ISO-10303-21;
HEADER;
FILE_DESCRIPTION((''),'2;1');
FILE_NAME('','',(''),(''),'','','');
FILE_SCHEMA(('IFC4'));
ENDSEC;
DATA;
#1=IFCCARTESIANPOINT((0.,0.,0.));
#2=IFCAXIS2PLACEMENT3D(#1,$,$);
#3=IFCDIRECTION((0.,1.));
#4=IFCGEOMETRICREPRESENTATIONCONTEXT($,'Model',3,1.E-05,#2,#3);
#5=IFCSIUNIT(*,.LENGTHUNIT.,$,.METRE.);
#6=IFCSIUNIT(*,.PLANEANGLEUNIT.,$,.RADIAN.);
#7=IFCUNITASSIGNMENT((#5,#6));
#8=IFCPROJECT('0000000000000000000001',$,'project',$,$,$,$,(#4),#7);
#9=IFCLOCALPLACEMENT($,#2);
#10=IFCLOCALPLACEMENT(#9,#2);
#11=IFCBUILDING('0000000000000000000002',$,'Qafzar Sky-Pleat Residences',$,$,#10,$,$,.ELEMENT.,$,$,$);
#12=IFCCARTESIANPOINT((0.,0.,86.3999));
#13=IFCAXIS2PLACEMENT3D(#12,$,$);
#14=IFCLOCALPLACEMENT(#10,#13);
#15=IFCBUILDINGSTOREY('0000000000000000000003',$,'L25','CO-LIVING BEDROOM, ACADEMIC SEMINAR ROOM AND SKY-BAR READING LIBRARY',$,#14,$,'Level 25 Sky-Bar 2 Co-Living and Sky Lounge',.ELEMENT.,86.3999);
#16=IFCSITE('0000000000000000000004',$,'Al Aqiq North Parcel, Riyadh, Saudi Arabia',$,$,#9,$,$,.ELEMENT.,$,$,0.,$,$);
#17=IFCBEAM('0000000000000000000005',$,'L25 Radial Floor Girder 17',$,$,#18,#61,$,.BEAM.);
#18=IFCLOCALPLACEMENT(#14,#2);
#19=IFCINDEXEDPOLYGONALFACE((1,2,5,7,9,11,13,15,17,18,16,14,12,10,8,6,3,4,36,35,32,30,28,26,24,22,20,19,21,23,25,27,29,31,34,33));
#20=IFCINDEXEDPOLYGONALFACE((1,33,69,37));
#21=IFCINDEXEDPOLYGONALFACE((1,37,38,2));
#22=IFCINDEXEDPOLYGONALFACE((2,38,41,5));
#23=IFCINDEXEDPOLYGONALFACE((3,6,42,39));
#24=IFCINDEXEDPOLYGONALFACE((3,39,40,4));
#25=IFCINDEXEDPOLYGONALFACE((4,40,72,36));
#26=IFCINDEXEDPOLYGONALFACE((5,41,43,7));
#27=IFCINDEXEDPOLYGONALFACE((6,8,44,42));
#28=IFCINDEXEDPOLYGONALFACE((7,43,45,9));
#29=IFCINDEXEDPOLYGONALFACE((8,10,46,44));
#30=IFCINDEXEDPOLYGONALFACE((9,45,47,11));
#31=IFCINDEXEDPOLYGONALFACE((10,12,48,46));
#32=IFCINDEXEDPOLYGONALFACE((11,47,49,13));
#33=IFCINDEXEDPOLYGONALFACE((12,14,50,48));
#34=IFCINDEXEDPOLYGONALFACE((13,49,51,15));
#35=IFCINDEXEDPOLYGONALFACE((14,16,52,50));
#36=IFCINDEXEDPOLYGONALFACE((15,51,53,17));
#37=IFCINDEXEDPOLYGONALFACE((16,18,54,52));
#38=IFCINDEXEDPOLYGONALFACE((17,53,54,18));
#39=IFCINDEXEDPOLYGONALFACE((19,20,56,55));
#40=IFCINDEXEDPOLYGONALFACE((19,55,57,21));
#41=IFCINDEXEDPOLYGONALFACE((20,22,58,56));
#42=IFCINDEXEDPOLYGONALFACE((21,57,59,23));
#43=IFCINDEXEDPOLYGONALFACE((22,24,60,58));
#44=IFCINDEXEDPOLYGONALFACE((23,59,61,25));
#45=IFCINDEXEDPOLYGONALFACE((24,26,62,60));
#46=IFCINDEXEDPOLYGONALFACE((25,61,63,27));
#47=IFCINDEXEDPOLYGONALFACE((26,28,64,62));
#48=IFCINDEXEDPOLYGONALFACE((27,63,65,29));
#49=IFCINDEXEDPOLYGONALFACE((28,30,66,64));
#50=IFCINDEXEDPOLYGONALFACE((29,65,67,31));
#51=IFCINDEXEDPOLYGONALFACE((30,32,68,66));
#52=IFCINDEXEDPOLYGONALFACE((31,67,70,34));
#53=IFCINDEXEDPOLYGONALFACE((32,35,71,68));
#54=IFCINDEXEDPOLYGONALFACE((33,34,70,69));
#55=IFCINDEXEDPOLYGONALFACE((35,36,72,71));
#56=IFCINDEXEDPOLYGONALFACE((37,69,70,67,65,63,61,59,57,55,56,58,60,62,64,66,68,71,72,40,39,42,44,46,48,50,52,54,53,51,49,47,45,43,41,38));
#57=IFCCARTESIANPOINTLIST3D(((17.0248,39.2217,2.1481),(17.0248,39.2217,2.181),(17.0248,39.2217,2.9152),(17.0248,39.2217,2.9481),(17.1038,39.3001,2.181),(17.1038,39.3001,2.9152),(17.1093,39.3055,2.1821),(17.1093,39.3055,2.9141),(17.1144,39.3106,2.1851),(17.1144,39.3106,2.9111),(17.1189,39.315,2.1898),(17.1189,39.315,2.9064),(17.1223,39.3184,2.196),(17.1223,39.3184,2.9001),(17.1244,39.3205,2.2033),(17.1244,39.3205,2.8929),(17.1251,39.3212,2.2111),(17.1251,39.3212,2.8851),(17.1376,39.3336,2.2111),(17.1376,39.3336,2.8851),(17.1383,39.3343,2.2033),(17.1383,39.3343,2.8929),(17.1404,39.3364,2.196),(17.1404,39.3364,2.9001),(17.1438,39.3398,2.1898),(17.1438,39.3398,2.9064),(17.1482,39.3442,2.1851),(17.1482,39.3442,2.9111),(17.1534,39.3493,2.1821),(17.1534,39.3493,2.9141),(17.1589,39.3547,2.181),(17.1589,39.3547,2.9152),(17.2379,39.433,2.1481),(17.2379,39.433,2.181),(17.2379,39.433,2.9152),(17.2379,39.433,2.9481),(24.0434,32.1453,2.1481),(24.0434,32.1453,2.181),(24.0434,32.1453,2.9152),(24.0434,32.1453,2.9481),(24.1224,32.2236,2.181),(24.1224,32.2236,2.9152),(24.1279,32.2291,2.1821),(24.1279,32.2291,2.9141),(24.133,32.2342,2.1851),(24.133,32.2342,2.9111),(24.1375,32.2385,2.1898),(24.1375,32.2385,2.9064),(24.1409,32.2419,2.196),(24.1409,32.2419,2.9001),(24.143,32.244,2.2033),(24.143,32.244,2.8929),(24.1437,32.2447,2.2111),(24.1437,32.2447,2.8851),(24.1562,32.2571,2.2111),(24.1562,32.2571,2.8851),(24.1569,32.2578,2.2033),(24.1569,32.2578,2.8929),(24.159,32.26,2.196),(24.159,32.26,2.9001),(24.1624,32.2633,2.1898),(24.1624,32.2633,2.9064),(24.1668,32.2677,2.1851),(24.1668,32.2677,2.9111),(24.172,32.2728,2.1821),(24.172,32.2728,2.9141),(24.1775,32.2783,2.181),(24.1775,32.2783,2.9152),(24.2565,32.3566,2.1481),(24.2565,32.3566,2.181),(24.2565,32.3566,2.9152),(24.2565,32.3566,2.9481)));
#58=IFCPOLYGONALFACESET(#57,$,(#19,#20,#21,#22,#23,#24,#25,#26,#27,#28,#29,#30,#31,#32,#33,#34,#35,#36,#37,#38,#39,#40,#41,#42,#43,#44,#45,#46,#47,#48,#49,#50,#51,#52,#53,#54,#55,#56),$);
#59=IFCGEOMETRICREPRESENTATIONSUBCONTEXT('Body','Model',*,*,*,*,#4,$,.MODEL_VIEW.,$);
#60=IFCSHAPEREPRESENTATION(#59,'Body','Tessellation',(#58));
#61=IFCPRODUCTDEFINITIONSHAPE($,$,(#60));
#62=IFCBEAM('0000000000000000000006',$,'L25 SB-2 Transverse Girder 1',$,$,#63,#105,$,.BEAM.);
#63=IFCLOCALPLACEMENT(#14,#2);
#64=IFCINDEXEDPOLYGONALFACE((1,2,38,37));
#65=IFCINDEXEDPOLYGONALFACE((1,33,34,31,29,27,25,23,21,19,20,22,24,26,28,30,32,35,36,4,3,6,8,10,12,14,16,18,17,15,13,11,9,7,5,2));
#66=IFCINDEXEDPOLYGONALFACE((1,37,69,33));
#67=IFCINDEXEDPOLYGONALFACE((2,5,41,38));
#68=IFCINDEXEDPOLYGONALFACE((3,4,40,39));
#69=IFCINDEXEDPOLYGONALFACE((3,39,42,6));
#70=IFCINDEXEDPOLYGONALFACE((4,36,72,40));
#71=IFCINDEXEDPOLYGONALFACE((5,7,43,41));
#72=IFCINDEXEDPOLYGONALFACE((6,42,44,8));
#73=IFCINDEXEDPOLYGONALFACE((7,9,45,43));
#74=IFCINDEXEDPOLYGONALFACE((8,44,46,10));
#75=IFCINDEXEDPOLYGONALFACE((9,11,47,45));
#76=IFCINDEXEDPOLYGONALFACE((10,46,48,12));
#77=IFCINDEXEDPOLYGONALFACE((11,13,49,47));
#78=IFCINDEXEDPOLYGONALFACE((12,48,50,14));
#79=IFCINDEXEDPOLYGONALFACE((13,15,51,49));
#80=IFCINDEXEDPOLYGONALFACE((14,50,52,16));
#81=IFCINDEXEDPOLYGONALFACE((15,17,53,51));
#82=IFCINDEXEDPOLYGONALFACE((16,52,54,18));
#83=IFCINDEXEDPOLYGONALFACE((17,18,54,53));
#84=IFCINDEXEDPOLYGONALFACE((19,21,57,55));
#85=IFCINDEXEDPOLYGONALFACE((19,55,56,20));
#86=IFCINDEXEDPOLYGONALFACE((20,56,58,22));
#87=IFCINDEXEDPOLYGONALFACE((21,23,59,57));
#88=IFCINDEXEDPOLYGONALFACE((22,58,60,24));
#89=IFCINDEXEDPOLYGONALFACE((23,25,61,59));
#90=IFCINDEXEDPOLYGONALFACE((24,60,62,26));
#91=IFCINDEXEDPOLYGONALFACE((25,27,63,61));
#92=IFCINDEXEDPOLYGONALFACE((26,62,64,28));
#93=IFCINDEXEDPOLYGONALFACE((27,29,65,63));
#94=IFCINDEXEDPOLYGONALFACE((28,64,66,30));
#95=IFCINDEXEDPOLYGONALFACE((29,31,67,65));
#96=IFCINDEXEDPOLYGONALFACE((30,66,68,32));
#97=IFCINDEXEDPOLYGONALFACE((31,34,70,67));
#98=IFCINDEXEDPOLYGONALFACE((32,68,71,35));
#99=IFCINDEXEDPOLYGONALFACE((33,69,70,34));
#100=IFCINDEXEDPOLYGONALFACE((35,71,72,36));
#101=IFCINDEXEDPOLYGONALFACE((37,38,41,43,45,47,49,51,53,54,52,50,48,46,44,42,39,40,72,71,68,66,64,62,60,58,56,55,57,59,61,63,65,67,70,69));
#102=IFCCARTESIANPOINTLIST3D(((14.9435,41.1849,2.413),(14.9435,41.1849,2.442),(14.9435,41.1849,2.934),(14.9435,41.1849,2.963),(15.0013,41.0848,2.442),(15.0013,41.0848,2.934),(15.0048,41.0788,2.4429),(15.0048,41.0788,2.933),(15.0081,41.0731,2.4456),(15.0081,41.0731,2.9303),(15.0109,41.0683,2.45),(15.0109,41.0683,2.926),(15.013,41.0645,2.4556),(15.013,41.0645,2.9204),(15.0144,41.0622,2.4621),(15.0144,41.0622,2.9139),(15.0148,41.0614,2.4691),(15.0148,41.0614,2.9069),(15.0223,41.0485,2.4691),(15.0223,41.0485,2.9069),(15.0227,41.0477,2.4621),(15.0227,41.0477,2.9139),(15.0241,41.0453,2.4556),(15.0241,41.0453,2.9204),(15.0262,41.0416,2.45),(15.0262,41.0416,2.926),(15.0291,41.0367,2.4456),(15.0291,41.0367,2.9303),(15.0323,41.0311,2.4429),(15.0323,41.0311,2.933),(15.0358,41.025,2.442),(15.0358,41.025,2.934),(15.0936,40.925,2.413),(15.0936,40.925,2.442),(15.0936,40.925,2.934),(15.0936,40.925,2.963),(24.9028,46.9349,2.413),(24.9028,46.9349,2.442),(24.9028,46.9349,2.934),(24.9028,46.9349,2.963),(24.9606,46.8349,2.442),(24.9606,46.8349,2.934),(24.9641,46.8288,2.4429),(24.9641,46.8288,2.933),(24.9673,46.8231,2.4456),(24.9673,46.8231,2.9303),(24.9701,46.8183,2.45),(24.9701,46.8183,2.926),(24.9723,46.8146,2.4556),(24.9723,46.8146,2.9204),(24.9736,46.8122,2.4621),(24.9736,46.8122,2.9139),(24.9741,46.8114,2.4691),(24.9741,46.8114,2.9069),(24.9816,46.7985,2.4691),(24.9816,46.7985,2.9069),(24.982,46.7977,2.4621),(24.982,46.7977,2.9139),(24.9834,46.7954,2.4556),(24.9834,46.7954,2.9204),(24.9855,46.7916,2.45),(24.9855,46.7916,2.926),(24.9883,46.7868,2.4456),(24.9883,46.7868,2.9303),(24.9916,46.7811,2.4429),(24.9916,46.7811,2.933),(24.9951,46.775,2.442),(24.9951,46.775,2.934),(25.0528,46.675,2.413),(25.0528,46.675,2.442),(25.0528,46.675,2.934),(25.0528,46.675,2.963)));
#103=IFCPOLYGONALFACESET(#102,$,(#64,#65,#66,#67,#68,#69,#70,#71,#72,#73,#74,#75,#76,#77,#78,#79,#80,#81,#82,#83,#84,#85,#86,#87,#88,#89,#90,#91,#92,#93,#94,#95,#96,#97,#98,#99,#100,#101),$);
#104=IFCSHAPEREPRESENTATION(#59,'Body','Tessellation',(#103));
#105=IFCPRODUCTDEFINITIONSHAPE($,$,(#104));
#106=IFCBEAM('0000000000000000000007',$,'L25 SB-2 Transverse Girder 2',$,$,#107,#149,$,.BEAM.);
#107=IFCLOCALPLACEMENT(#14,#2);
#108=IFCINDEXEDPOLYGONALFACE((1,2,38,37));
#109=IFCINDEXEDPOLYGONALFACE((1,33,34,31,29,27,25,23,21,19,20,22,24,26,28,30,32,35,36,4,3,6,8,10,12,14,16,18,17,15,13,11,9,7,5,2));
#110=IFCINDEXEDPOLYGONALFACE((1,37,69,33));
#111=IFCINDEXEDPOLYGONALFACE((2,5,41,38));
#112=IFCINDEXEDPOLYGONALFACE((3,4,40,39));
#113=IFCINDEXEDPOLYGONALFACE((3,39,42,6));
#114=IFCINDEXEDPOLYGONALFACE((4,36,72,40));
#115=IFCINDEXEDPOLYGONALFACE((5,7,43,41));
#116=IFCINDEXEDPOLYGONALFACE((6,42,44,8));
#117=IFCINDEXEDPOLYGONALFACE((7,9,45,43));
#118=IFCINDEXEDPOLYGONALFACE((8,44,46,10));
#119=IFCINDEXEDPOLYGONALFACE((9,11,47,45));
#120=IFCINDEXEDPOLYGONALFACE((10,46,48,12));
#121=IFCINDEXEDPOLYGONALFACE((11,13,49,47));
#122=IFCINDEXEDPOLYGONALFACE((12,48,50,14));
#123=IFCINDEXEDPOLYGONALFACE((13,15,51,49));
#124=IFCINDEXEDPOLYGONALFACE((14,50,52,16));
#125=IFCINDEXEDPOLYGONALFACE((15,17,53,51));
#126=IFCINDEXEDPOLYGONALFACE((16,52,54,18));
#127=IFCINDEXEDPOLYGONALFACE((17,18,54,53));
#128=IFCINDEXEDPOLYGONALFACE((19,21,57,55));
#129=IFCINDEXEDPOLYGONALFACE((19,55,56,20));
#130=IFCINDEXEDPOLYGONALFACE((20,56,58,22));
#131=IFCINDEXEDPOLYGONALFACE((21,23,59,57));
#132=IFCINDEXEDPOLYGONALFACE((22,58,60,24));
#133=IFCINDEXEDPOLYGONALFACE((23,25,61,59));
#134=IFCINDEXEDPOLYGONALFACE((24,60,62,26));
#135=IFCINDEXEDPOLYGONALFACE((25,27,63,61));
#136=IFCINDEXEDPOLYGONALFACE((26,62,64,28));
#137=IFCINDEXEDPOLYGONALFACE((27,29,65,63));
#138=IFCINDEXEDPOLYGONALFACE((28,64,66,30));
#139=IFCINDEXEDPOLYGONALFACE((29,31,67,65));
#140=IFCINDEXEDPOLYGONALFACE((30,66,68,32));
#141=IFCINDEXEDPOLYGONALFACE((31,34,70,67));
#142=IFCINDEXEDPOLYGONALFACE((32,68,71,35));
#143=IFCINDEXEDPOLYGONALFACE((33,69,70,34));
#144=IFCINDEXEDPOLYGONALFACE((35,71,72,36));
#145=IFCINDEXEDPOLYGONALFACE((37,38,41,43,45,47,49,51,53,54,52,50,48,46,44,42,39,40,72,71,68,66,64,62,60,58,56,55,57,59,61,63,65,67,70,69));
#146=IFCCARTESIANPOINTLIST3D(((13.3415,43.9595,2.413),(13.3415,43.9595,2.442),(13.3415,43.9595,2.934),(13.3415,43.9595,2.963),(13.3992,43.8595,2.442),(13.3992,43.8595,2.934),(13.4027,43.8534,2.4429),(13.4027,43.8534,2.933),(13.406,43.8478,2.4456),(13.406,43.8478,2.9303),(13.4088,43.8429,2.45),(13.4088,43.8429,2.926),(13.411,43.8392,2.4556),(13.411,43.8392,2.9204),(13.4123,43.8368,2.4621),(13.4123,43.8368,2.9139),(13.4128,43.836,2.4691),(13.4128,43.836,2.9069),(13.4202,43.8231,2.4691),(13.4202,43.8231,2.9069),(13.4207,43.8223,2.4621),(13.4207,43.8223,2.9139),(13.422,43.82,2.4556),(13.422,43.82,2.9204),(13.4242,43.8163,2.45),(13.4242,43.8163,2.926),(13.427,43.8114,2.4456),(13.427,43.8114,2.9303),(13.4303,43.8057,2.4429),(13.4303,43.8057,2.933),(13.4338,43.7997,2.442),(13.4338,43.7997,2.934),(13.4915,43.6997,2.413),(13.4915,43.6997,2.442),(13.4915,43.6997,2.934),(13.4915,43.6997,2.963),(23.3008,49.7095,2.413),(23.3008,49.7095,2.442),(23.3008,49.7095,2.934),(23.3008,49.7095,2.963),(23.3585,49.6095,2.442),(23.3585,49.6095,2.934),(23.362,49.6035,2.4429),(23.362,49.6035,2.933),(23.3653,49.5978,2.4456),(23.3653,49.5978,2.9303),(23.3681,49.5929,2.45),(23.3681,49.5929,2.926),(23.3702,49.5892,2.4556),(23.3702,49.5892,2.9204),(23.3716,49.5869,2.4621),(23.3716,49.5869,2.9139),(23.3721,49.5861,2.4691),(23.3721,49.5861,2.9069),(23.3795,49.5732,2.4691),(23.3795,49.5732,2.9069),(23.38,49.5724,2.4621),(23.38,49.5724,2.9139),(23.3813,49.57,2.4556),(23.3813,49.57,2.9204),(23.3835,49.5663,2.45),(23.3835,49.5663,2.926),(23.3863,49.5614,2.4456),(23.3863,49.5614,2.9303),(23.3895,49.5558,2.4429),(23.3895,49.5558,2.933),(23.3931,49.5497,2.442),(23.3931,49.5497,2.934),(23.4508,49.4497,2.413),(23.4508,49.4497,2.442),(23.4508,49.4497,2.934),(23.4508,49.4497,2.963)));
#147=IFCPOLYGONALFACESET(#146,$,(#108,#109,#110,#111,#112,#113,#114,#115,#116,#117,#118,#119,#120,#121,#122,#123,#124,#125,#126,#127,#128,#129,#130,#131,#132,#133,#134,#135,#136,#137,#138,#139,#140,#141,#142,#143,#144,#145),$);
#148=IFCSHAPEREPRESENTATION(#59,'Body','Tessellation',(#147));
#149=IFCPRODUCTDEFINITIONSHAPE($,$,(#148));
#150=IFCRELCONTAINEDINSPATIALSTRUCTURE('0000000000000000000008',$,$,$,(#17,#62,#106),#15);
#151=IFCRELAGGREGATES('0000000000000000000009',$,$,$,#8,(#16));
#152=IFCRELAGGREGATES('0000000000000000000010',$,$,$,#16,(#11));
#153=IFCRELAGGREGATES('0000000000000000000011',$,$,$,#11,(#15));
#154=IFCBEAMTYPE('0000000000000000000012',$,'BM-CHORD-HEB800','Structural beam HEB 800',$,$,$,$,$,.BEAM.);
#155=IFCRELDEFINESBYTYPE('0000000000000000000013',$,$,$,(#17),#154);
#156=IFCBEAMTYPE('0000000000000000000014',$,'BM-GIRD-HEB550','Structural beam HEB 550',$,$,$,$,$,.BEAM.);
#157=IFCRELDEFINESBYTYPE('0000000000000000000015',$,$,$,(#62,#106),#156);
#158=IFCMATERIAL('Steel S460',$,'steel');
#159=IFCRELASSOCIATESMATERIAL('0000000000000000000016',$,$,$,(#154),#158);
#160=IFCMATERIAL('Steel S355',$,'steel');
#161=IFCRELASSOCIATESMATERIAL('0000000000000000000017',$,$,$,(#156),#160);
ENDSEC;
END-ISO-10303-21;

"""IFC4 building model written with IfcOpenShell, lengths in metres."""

from ifc_helpers import new_model, si_unit, direction, frame, origin, origin_2d, place, context, subcontext, project, spatial, i_section, extrude, source, transform, mapped, material, material_profile, profile_set, type_object, element, save


model = new_model("IFC4")

# Units and contexts
model_context = context("Model", 3, precision=1e-05, world=origin(), true_north=direction((0.0, 1.0)))
body_context = subcontext(model_context, "Body", "Model", "MODEL_VIEW")
ifc_project = project(units=[si_unit("LENGTHUNIT", "METRE"), si_unit("PLANEANGLEUNIT", "RADIAN")], contexts=[model_context])

# Site, building, storey
site_placement = place(None, origin())
site = spatial("IfcSite", under=ifc_project, at=site_placement, Name="Al Aqiq North Parcel, Riyadh, Saudi Arabia", CompositionType="ELEMENT", RefElevation=0.0)
building_placement = place(site_placement, origin())
building = spatial("IfcBuilding", under=site, at=building_placement, Name="Qafzar Sky-Pleat Residences", CompositionType="ELEMENT")
storey_placement = place(building_placement, frame((0.0, 0.0, 86.3999)))
storey = spatial("IfcBuildingStorey", under=building, at=storey_placement, Name="L25", Description="CO-LIVING BEDROOM, ACADEMIC SEMINAR ROOM AND SKY-BAR READING LIBRARY", LongName="Level 25 Sky-Bar 2 Co-Living and Sky Lounge", CompositionType="ELEMENT", Elevation=86.3999)

# Shared definitions
ifc_material_1 = material(Name="Steel S460", Category="steel")

# Beams
ifc_material_2 = material(Name="Steel S355", Category="steel")
ifc_material_profile_1 = material_profile(ifc_material_1, i_section(OverallWidth=0.3, OverallDepth=0.8, WebThickness=0.0176, FlangeThickness=0.033, FilletRadius=0.03, at=origin_2d()), Name="HEB 800")
ifc_profile_set_1 = profile_set([ifc_material_profile_1], Name="Steel S460")
beam_type_1 = type_object("IfcBeamType", Name="BM-CHORD-HEB800", Description="Structural beam HEB 800", PredefinedType="BEAM", material=ifc_profile_set_1)
shared_shape_1 = source(origin(), body_context, "Body", "SweptSolid", [
    extrude(i_section(OverallWidth=0.3, OverallDepth=0.8, WebThickness=0.0176, FlangeThickness=0.033, FilletRadius=0.03, at=origin_2d()), origin(), (0.0, 0.0, 1.0), 9.9668),
])
beam_1_placement = place(storey_placement, frame((17.1313, 39.3274, 2.5481), z_axis=(0.704198, -0.710004, 0.0), x_axis=(0.710004, 0.704198, 0.0)))
element("IfcBeam", 1, at=beam_1_placement, inside=storey, type_object=beam_type_1, Name="L25 Radial Floor Girder 17", PredefinedType="BEAM", context=body_context, shape_type="MappedRepresentation", body=[
    mapped(shared_shape_1, transform((0.0, 0.0, 0.0), x_axis=(1.0, 0.0, 0.0), y_axis=(0.0, 1.0, 0.0), z_axis=(0.0, 0.0, 1.0), scale=1.0)),
])
ifc_material_profile_2 = material_profile(ifc_material_2, i_section(OverallWidth=0.3, OverallDepth=0.55, WebThickness=0.0149, FlangeThickness=0.0291, FilletRadius=0.0271, at=origin_2d()), Name="HEB 550")
ifc_profile_set_2 = profile_set([ifc_material_profile_2], Name="Steel S355")
beam_type_2 = type_object("IfcBeamType", Name="BM-GIRD-HEB550", Description="Structural beam HEB 550", PredefinedType="BEAM", material=ifc_profile_set_2)
shared_shape_2 = source(origin(), body_context, "Body", "SweptSolid", [
    extrude(i_section(OverallWidth=0.3, OverallDepth=0.55, WebThickness=0.0149, FlangeThickness=0.0291, FilletRadius=0.0271, at=origin_2d()), origin(), (0.0, 0.0, 1.0), 11.5),
])
for number, where, z_axis, x_axis, name in (
    (2, (15.0186, 41.0549, 2.688), (0.866024, 0.500002, 0.0), (-0.500002, 0.866024, 0.0), "L25 SB-2 Transverse Girder 1"),
    (3, (13.4165, 43.8296, 2.688), (0.866024, 0.500002, 0.0), (-0.500002, 0.866024, 0.0), "L25 SB-2 Transverse Girder 2"),
):
    element("IfcBeam", number, at=place(storey_placement, frame(where, z_axis=z_axis, x_axis=x_axis)), inside=storey, type_object=beam_type_2, Name=name, PredefinedType="BEAM", context=body_context, shape_type="MappedRepresentation", body=[
        mapped(shared_shape_2, transform((0.0, 0.0, 0.0), x_axis=(1.0, 0.0, 0.0), y_axis=(0.0, 1.0, 0.0), z_axis=(0.0, 0.0, 1.0), scale=1.0)),
    ])

save(model, "model.ifc")
